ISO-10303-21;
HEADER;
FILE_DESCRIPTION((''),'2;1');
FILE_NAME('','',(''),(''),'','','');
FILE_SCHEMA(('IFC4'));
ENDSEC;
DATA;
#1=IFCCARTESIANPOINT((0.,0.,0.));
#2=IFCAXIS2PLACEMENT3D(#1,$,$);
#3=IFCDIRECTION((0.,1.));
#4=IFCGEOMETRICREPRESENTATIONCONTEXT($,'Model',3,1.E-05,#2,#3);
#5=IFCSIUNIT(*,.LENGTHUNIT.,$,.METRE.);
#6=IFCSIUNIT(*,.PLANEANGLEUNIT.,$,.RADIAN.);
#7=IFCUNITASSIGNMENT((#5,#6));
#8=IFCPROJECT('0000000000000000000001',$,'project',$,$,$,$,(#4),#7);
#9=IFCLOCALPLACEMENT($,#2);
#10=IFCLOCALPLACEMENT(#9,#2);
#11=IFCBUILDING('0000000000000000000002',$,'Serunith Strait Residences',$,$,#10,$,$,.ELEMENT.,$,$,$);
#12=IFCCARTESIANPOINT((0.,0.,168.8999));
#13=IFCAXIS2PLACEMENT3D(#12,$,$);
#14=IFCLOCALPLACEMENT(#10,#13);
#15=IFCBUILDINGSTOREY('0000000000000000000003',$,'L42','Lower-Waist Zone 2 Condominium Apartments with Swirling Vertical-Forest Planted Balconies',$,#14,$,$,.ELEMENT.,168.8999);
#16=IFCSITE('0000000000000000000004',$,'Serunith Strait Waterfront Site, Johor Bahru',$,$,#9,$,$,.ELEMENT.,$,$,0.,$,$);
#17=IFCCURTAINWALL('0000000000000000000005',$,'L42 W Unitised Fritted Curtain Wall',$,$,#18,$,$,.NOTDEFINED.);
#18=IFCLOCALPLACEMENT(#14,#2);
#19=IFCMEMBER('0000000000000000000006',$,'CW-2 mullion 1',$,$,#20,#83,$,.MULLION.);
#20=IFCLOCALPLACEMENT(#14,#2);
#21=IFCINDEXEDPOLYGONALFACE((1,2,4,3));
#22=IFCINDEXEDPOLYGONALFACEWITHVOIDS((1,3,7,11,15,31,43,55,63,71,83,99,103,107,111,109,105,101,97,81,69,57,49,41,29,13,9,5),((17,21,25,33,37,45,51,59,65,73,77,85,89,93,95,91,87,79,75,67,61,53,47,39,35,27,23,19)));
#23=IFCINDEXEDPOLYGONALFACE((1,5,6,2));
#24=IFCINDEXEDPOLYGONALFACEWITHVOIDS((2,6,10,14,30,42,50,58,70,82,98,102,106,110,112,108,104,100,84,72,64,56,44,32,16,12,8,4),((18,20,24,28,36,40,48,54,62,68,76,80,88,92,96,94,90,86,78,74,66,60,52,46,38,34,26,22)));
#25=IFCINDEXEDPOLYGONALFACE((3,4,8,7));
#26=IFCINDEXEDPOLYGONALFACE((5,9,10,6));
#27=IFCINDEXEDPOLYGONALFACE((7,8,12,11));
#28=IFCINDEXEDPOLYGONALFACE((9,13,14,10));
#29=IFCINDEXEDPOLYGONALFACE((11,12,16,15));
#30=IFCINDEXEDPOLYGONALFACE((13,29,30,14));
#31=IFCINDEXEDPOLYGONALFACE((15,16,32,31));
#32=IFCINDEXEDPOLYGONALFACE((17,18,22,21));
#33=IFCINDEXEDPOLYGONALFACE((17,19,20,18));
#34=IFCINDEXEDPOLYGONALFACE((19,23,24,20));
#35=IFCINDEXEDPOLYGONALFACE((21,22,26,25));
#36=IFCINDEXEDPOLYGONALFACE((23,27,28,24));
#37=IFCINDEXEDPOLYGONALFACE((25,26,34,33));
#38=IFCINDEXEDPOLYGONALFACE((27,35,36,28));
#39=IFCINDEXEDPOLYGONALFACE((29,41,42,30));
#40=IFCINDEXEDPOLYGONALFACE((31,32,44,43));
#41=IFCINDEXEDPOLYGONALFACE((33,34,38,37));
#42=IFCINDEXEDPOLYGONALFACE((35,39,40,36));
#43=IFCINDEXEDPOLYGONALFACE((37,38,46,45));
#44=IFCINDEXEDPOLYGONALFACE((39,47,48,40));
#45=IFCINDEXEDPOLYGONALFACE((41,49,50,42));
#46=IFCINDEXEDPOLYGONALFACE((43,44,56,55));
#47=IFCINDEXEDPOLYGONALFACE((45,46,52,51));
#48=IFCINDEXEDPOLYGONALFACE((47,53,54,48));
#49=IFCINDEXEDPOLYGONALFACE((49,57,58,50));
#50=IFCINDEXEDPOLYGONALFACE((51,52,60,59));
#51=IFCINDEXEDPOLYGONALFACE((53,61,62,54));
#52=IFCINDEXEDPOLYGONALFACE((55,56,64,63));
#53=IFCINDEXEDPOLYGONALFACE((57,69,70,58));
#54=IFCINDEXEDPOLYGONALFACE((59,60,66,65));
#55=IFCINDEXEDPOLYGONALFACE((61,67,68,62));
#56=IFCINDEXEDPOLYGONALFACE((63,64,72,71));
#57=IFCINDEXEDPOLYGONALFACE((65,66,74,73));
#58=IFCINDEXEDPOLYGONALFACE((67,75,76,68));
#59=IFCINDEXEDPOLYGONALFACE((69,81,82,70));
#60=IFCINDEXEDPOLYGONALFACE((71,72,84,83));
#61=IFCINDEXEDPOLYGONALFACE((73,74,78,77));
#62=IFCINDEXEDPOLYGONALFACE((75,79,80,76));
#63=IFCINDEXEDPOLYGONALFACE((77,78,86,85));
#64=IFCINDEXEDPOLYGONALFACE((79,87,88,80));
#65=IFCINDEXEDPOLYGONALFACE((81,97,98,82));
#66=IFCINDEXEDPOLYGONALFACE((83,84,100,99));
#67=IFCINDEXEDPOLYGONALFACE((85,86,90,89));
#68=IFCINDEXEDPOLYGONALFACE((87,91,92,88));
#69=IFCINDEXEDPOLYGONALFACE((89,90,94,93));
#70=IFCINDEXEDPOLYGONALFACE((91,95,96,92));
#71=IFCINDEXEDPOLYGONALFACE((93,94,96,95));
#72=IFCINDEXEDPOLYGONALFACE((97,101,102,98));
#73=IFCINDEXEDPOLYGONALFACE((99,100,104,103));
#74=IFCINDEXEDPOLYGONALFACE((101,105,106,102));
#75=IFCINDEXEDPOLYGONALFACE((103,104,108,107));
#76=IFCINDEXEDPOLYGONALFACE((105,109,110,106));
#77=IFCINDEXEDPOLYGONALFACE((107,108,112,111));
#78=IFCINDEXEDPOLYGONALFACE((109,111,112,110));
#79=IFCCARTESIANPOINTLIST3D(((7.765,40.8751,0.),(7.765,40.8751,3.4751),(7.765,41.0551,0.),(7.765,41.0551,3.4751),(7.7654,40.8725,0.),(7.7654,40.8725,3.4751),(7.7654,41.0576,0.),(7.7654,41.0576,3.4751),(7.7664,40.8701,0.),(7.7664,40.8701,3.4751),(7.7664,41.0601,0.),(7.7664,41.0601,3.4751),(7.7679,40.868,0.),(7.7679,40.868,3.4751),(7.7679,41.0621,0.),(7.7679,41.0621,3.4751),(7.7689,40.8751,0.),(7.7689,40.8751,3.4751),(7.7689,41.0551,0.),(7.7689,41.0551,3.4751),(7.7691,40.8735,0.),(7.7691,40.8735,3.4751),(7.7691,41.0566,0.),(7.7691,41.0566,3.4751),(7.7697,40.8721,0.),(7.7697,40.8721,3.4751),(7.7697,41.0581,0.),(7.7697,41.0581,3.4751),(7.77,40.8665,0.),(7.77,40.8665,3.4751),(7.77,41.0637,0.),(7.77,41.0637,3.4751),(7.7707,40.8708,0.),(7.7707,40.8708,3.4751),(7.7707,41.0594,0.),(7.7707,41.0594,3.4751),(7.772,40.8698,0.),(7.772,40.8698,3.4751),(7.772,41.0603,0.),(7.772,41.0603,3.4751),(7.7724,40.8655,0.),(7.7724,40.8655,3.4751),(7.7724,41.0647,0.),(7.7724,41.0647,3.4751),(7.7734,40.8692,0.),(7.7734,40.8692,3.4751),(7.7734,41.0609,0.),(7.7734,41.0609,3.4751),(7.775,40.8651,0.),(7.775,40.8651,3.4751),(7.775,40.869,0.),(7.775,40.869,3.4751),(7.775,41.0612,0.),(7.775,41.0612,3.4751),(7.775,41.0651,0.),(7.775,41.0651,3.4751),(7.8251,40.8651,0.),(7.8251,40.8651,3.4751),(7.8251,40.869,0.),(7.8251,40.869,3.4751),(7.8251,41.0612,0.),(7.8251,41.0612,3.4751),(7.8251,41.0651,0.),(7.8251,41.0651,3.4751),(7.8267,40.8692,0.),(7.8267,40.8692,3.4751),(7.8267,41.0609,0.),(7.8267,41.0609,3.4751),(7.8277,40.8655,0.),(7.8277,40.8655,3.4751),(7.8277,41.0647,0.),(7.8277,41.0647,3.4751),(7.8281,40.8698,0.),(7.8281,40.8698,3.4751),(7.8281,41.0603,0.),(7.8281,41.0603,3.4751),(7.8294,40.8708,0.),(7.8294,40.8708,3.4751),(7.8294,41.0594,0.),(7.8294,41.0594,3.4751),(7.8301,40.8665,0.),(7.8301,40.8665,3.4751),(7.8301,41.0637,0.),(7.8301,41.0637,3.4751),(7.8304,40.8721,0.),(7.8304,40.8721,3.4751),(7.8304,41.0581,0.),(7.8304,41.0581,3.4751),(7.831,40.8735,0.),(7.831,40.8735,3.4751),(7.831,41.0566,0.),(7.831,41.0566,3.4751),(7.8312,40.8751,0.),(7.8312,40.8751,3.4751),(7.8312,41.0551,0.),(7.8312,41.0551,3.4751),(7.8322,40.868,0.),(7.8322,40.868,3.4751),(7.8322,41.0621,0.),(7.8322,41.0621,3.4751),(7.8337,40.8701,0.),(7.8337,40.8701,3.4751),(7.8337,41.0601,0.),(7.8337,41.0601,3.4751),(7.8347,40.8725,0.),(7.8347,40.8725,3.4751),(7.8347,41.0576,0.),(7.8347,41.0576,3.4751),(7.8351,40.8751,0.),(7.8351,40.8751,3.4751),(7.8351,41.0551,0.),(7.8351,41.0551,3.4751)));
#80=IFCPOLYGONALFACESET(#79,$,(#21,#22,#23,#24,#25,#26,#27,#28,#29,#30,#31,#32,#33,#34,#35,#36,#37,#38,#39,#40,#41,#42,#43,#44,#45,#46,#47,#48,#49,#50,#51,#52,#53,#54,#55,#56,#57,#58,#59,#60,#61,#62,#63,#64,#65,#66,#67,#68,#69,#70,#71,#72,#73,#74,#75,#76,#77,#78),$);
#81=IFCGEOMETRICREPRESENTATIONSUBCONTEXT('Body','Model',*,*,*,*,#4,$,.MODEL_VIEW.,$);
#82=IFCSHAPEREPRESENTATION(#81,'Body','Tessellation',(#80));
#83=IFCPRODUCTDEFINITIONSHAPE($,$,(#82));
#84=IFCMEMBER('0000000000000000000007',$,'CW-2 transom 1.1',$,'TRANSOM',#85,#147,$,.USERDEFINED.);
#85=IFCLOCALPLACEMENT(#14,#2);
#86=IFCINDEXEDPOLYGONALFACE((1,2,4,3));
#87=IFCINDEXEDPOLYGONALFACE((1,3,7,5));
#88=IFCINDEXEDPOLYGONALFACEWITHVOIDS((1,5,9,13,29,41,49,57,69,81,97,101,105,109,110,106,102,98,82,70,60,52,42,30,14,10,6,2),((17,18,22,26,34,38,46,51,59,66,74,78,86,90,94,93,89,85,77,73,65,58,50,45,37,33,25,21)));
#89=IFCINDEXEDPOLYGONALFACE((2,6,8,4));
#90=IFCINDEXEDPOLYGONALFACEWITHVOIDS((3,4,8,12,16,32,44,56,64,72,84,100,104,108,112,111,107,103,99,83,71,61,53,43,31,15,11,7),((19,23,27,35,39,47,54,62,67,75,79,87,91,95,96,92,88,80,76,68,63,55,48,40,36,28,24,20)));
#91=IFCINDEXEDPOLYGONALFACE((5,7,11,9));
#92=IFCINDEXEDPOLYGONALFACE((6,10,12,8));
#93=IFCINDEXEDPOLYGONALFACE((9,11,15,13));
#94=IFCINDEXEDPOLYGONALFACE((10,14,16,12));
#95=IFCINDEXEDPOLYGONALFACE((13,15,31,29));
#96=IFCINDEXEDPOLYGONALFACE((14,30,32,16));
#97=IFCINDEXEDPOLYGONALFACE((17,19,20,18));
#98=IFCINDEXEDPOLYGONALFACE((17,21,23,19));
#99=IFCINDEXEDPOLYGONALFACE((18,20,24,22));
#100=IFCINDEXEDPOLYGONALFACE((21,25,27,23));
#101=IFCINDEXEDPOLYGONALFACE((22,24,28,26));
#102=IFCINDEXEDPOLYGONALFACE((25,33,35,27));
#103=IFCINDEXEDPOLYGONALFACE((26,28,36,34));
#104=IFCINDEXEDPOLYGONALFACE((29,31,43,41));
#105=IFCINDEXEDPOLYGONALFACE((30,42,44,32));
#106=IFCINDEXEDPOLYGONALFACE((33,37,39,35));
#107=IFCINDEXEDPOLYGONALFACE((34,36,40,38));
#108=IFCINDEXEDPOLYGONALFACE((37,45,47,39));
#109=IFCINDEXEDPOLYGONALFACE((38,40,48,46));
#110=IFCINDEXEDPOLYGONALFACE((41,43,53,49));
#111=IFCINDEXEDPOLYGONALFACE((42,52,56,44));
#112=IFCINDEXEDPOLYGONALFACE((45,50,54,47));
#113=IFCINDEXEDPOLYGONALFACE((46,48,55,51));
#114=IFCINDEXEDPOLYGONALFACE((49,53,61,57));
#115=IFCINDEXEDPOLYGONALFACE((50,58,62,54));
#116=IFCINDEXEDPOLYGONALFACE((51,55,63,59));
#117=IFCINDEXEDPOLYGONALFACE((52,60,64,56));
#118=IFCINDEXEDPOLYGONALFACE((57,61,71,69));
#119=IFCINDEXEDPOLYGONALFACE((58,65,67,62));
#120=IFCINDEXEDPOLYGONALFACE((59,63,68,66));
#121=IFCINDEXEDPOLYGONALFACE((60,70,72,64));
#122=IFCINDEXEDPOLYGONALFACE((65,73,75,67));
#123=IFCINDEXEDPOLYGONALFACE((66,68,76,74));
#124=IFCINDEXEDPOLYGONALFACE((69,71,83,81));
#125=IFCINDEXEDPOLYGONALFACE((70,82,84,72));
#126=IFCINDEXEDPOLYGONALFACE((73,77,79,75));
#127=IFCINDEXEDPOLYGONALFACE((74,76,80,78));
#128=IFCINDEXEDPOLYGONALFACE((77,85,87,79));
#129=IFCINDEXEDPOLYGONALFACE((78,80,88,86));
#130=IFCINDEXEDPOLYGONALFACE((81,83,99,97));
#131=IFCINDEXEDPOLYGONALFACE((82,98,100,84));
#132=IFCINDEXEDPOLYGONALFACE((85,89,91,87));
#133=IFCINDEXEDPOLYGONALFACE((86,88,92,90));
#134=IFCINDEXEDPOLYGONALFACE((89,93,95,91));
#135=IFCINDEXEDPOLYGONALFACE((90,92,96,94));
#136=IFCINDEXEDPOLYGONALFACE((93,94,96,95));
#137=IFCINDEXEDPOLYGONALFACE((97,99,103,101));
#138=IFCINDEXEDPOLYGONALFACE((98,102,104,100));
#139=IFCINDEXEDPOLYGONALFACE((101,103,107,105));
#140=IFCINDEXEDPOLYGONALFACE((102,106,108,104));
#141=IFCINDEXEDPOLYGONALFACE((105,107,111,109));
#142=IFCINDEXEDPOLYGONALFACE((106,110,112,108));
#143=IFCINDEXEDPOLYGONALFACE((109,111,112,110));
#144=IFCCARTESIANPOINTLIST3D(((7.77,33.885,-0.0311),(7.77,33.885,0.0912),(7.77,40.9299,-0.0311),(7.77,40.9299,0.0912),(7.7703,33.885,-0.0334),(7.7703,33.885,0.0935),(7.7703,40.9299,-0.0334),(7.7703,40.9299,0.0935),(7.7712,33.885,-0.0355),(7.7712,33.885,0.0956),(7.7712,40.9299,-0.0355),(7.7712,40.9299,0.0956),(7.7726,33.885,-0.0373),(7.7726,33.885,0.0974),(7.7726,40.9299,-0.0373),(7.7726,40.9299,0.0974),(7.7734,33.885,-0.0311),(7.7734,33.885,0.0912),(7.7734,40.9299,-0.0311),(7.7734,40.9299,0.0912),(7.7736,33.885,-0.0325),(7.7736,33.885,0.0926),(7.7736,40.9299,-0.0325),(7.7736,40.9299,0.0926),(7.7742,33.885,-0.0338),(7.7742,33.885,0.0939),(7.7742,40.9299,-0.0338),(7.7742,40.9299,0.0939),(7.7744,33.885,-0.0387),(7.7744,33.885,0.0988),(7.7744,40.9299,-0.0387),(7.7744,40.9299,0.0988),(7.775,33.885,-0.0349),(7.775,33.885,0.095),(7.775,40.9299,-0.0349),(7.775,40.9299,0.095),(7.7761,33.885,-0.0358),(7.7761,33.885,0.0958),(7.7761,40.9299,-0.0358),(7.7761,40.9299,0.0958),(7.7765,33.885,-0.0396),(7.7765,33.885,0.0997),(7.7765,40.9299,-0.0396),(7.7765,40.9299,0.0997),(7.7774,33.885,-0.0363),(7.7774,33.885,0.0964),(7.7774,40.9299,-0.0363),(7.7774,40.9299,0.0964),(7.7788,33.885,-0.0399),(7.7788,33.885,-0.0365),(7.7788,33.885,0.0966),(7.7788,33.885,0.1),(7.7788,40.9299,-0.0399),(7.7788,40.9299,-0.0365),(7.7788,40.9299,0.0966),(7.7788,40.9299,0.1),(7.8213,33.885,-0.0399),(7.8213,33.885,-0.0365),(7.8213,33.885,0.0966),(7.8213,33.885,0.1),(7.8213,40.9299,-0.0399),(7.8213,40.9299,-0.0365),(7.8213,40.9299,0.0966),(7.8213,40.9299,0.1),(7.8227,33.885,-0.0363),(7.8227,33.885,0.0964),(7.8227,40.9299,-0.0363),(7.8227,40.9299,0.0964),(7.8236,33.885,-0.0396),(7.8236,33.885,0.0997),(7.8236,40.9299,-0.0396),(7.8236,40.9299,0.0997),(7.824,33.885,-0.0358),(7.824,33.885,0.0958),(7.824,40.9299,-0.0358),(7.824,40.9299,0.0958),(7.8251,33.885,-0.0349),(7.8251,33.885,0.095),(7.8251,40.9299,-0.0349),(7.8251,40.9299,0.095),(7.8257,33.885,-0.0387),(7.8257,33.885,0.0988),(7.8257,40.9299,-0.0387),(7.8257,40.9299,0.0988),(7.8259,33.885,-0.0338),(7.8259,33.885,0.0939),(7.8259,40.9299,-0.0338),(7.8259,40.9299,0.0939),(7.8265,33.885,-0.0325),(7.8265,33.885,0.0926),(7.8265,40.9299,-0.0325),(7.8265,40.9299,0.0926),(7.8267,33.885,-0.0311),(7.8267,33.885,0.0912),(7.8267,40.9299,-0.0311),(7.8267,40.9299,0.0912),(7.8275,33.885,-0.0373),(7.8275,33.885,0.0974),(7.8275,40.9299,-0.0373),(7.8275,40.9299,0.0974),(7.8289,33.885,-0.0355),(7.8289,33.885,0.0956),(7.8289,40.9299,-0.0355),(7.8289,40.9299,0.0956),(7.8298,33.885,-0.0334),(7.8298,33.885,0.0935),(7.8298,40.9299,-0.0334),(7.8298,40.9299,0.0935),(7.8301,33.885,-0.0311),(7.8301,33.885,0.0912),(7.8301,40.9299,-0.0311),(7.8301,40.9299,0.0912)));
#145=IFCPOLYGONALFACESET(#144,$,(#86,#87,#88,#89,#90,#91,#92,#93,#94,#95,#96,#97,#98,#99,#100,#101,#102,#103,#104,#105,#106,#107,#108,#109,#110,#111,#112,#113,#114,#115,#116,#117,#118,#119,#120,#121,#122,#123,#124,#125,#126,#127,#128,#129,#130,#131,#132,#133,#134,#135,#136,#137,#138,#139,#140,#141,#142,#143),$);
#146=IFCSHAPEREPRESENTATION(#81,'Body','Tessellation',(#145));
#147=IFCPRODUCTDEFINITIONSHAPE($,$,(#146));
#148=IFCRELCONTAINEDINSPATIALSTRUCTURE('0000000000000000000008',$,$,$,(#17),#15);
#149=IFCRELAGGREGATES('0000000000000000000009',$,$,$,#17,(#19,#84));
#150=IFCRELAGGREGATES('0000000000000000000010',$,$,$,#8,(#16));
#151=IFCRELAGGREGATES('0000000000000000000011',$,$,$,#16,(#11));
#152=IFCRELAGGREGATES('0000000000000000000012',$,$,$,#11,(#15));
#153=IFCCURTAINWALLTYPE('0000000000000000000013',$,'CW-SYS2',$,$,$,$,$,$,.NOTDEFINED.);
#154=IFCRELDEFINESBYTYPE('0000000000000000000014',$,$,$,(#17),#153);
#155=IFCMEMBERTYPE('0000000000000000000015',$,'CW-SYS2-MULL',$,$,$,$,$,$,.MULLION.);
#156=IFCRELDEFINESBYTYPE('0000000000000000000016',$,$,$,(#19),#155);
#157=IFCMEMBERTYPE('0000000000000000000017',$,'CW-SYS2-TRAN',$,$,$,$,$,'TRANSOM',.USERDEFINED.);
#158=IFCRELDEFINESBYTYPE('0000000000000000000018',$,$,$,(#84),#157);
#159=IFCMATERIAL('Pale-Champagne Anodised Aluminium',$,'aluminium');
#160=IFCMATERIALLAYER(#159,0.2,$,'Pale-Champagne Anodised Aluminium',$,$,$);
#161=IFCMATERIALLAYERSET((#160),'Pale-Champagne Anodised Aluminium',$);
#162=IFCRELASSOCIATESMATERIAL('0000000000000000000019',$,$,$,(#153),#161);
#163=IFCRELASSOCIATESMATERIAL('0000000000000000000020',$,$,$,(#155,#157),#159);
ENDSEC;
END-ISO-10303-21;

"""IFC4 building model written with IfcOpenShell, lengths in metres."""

from ifc_helpers import new_model, si_unit, direction, frame, origin, origin_2d, place, context, subcontext, project, spatial, hollow_rectangle, extrude, source, transform, mapped, material, layer, layer_set, material_profile, profile_set, type_object, element, aggregate, save


model = new_model("IFC4")

# Units and contexts
model_context = context("Model", 3, precision=1e-05, world=origin(), true_north=direction((0.0, 1.0)))
body_context = subcontext(model_context, "Body", "Model", "MODEL_VIEW")
ifc_project = project(units=[si_unit("LENGTHUNIT", "METRE"), si_unit("PLANEANGLEUNIT", "RADIAN")], contexts=[model_context])

# Site, building, storey
site_placement = place(None, origin())
site = spatial("IfcSite", under=ifc_project, at=site_placement, Name="Serunith Strait Waterfront Site, Johor Bahru", CompositionType="ELEMENT", RefElevation=0.0)
building_placement = place(site_placement, origin())
building = spatial("IfcBuilding", under=site, at=building_placement, Name="Serunith Strait Residences", CompositionType="ELEMENT")
storey_placement = place(building_placement, frame((0.0, 0.0, 168.8999)))
storey = spatial("IfcBuildingStorey", under=building, at=storey_placement, Name="L42", Description="Lower-Waist Zone 2 Condominium Apartments with Swirling Vertical-Forest Planted Balconies", CompositionType="ELEMENT", Elevation=168.8999)

# Shared definitions
ifc_material_1 = material(Name="Pale-Champagne Anodised Aluminium", Category="aluminium")
ifc_layer_1 = layer(ifc_material_1, 0.2, Name="Pale-Champagne Anodised Aluminium")
ifc_layer_set_1 = layer_set([ifc_layer_1], Name="Pale-Champagne Anodised Aluminium")
curtain_wall_type = type_object("IfcCurtainWallType", Name="CW-SYS2", PredefinedType="NOTDEFINED", material=ifc_layer_set_1)
ifc_material_profile_1 = material_profile(ifc_material_1, hollow_rectangle(XDim=0.0701, YDim=0.2, WallThickness=0.0039, InnerFilletRadius=0.0061, OuterFilletRadius=0.01, at=origin_2d()), Name="ALU 200x70x4")
ifc_profile_set_1 = profile_set([ifc_material_profile_1], Name="Pale-Champagne Anodised Aluminium")
member_type_1 = type_object("IfcMemberType", Name="CW-SYS2-MULL", PredefinedType="MULLION", material=ifc_profile_set_1)
shared_shape_1 = source(origin(), body_context, "Body", "SweptSolid", [
    extrude(hollow_rectangle(XDim=0.0701, YDim=0.2, WallThickness=0.0039, InnerFilletRadius=0.0061, OuterFilletRadius=0.01, at=origin_2d()), origin(), (0.0, 0.0, 1.0), 3.4751),
])

# Curtain wall, members
curtain_wall_1_placement = place(storey_placement, origin())
curtain_wall_1 = element("IfcCurtainWall", 1, at=curtain_wall_1_placement, inside=storey, type_object=curtain_wall_type, Name="L42 W Unitised Fritted Curtain Wall", PredefinedType="NOTDEFINED")
member_1_placement = place(storey_placement, frame((7.8, 40.9651, 0.0), z_axis=(0.0, 0.0, 1.0), x_axis=(1.0, 0.0, 0.0)))
member_1 = element("IfcMember", 2, at=member_1_placement, type_object=member_type_1, Name="CW-2 mullion 1", PredefinedType="MULLION", context=body_context, shape_type="MappedRepresentation", body=[
    mapped(shared_shape_1, transform((0.0, 0.0, 0.0), scale=1.0)),
])
ifc_material_profile_2 = material_profile(ifc_material_1, hollow_rectangle(XDim=0.0601, YDim=0.1399, WallThickness=0.0034, InnerFilletRadius=0.0054, OuterFilletRadius=0.0088, at=origin_2d()), Name="ALU 140x60x3.5")
ifc_profile_set_2 = profile_set([ifc_material_profile_2], Name="Pale-Champagne Anodised Aluminium")
member_type_2 = type_object("IfcMemberType", Name="CW-SYS2-TRAN", ElementType="TRANSOM", PredefinedType="USERDEFINED", material=ifc_profile_set_2)
shared_shape_2 = source(origin(), body_context, "Body", "SweptSolid", [
    extrude(hollow_rectangle(XDim=0.0601, YDim=0.1399, WallThickness=0.0034, InnerFilletRadius=0.0054, OuterFilletRadius=0.0088, at=origin_2d()), origin(), (0.0, 0.0, 1.0), 7.0449),
])
member_2_placement = place(storey_placement, frame((7.8, 40.9299, 0.03), z_axis=(0.0, -1.0, 0.0), x_axis=(1.0, 0.0, 0.0)))
member_2 = element("IfcMember", 3, at=member_2_placement, type_object=member_type_2, Name="CW-2 transom 1.1", ObjectType="TRANSOM", PredefinedType="USERDEFINED", context=body_context, shape_type="MappedRepresentation", body=[
    mapped(shared_shape_2, transform((0.0, 0.0, 0.0), scale=1.0)),
])
aggregate(curtain_wall_1, [member_1, member_2])

save(model, "model.ifc")
